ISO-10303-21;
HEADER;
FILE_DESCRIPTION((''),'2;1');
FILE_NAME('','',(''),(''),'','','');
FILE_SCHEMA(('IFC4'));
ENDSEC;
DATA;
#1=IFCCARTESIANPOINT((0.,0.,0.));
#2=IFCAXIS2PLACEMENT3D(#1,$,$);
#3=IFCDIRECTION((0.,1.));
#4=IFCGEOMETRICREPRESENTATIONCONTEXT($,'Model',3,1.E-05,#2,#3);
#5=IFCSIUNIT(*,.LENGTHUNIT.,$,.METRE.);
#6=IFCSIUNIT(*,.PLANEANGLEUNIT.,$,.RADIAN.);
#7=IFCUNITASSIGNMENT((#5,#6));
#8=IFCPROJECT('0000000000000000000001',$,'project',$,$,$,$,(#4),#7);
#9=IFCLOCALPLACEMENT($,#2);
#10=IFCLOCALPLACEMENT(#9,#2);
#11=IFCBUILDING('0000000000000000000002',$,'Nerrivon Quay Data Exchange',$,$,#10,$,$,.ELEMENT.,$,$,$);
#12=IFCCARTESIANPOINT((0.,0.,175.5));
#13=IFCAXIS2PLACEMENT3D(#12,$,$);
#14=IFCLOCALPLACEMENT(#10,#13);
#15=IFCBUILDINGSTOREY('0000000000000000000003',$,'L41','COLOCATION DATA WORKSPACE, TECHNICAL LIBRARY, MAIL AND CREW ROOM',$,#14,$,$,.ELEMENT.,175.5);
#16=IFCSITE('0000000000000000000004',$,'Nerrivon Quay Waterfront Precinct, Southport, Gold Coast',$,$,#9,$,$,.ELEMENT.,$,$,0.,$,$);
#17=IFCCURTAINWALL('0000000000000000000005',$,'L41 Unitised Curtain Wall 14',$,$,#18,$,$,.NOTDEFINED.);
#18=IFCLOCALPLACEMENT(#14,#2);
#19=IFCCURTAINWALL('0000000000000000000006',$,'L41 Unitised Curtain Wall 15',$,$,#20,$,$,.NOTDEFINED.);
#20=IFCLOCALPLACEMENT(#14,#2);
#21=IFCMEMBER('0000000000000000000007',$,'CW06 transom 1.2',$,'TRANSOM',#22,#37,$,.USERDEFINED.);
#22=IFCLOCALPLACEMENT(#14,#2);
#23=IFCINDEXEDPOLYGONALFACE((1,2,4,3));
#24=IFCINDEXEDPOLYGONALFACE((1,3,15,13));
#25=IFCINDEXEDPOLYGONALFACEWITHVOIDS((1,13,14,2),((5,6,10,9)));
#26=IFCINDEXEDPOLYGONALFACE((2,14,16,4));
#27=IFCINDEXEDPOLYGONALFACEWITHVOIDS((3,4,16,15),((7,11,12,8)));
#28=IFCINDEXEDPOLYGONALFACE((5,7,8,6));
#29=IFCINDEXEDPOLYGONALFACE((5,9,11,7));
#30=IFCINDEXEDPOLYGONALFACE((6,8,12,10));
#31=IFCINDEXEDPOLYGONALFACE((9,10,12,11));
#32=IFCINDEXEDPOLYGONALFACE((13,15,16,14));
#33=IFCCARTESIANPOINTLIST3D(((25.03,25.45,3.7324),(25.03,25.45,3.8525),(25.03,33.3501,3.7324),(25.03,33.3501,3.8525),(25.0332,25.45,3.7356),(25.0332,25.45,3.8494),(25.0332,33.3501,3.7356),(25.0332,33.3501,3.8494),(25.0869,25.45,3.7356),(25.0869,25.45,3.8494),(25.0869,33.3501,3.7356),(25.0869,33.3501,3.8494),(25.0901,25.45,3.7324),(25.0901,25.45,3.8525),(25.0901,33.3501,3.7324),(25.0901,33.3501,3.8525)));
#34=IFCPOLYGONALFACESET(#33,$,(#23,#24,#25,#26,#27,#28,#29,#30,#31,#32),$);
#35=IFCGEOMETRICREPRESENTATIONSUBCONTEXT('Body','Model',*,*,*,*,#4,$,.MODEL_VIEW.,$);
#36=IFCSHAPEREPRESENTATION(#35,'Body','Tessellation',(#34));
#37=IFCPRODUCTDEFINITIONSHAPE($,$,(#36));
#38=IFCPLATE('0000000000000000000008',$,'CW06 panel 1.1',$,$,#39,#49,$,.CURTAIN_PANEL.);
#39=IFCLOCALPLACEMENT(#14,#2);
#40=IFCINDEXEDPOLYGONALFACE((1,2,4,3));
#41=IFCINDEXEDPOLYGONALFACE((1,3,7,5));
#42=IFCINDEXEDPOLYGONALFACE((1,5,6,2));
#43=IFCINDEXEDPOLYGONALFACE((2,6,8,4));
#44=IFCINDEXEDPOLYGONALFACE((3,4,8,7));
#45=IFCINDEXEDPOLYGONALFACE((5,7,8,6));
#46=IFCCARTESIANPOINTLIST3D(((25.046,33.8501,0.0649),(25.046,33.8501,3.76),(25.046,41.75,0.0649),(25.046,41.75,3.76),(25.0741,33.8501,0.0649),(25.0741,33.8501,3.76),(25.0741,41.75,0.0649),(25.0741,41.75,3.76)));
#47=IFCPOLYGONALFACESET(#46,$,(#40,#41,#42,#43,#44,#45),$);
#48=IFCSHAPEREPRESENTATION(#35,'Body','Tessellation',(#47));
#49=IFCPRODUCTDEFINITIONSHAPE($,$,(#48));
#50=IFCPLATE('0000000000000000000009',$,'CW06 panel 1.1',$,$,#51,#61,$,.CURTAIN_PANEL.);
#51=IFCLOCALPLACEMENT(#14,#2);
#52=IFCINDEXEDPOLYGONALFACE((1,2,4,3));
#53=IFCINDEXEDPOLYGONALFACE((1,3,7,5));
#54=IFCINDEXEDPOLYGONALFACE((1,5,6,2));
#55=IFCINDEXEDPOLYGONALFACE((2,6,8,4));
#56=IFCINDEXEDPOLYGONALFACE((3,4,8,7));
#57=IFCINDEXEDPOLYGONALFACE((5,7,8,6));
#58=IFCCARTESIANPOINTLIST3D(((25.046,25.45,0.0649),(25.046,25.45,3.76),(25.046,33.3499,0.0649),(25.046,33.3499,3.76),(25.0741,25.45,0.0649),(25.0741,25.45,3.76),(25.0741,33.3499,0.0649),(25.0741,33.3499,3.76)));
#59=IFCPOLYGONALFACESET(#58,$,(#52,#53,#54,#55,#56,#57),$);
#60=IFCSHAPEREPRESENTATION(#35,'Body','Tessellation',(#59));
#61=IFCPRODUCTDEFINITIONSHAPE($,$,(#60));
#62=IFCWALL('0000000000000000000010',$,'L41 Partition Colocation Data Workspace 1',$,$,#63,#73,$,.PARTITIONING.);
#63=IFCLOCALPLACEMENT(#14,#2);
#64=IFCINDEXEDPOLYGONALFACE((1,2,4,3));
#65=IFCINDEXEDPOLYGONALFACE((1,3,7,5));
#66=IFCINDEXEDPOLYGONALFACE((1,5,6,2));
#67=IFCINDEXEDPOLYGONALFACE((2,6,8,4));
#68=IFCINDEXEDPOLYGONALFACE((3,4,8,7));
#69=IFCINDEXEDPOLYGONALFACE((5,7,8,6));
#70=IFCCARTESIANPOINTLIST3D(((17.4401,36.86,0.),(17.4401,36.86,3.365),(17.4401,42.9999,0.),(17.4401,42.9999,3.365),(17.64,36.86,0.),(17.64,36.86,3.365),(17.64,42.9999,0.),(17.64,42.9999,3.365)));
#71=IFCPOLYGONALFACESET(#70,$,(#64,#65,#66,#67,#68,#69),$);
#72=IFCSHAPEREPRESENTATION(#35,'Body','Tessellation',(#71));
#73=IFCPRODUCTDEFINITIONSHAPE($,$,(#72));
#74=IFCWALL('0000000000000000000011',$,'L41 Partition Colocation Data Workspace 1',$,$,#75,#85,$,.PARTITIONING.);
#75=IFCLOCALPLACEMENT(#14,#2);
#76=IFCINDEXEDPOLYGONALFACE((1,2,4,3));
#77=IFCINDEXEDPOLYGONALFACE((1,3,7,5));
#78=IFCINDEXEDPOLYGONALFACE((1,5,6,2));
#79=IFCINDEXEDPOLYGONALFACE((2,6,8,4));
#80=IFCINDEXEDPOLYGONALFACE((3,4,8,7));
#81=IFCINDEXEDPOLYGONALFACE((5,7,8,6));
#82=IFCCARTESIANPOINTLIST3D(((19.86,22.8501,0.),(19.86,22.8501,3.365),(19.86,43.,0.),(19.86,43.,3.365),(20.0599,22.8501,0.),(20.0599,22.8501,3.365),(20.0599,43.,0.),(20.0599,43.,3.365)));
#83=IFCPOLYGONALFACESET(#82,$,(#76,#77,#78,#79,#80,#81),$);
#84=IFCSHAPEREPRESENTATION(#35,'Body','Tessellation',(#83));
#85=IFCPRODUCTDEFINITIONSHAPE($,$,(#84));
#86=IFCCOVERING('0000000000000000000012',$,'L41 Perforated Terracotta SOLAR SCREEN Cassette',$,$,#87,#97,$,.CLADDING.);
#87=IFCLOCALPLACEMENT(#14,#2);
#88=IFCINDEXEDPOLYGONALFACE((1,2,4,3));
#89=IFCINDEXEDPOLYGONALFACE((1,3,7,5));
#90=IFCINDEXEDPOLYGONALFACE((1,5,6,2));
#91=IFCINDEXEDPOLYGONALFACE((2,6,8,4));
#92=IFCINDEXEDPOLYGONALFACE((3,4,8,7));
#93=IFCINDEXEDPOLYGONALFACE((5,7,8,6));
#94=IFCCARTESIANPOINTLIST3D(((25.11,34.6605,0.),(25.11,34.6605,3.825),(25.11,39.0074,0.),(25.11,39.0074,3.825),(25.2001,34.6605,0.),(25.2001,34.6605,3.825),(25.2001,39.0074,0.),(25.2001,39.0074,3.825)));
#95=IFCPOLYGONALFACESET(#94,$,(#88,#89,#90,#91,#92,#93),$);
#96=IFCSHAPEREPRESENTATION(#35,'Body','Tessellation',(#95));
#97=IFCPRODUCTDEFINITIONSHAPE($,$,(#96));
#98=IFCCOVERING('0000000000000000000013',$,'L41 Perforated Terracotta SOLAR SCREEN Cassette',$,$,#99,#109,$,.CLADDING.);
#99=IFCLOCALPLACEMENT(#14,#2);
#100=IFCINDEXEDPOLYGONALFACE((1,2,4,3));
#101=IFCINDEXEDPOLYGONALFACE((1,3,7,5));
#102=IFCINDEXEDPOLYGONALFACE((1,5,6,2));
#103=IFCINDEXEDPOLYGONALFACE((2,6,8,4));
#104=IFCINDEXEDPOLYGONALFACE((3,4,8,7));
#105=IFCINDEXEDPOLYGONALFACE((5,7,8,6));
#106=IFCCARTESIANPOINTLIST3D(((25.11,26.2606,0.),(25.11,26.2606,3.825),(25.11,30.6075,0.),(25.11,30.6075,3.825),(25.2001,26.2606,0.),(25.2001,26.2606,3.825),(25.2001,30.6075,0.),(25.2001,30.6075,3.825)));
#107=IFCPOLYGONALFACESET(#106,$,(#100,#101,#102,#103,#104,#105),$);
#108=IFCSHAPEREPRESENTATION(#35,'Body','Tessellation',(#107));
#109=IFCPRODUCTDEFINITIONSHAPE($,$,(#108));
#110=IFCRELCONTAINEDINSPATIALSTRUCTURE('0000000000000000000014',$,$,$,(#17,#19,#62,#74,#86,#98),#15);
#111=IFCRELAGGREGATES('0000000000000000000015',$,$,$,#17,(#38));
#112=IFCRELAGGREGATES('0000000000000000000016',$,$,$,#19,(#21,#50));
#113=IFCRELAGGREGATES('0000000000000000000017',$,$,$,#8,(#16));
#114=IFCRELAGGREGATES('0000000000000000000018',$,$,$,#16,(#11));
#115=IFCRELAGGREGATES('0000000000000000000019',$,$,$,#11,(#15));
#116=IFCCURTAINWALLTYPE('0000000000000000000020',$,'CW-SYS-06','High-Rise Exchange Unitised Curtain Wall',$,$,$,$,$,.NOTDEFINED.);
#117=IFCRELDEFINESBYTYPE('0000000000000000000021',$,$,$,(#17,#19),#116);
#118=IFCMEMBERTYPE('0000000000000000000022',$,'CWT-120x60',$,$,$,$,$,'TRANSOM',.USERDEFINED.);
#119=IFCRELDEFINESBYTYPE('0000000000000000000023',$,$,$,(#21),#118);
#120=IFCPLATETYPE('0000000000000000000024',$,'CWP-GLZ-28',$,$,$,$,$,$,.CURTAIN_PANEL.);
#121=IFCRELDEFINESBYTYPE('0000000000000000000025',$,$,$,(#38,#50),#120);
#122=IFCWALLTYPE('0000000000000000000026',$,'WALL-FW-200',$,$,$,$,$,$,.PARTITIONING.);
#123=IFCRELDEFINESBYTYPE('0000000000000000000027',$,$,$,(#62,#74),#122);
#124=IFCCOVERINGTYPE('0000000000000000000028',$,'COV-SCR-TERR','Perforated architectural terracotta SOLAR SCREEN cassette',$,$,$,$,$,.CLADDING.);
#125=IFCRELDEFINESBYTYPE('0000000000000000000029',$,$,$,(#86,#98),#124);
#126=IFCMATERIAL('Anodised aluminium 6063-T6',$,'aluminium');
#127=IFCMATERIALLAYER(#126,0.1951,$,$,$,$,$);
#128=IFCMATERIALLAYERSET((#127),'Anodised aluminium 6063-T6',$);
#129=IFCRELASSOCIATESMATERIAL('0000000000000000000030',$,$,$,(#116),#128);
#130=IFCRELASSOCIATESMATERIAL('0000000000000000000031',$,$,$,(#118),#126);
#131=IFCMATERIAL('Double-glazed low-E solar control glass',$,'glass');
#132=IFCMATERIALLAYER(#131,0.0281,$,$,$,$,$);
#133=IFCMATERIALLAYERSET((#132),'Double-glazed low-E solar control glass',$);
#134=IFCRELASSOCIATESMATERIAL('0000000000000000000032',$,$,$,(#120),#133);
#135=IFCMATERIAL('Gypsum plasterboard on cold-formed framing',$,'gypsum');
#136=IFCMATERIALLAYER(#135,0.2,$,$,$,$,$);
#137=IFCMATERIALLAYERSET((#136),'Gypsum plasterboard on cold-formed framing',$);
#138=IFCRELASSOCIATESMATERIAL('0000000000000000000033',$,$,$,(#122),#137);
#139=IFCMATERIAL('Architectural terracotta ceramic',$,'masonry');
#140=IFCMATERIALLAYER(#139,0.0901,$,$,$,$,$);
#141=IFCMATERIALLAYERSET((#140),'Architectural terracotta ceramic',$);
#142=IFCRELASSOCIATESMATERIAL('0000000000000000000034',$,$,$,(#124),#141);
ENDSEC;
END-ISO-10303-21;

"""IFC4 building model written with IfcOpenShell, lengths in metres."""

from ifc_helpers import new_model, si_unit, direction, frame, frame_2d, origin, origin_2d, place, context, subcontext, project, spatial, rectangle, hollow_rectangle, extrude, material, layer, layer_set, material_profile, profile_set, type_object, element, aggregate, save


model = new_model("IFC4")

# Units and contexts
model_context = context("Model", 3, precision=1e-05, world=origin(), true_north=direction((0.0, 1.0)))
body_context = subcontext(model_context, "Body", "Model", "MODEL_VIEW")
ifc_project = project(units=[si_unit("LENGTHUNIT", "METRE"), si_unit("PLANEANGLEUNIT", "RADIAN")], contexts=[model_context])

# Site, building, storey
site_placement = place(None, origin())
site = spatial("IfcSite", under=ifc_project, at=site_placement, Name="Nerrivon Quay Waterfront Precinct, Southport, Gold Coast", CompositionType="ELEMENT", RefElevation=0.0)
building_placement = place(site_placement, origin())
building = spatial("IfcBuilding", under=site, at=building_placement, Name="Nerrivon Quay Data Exchange", CompositionType="ELEMENT")
storey_placement = place(building_placement, frame((0.0, 0.0, 175.5)))
storey = spatial("IfcBuildingStorey", under=building, at=storey_placement, Name="L41", Description="COLOCATION DATA WORKSPACE, TECHNICAL LIBRARY, MAIL AND CREW ROOM", CompositionType="ELEMENT", Elevation=175.5)

# Shared definitions
ifc_material_1 = material(Name="Anodised aluminium 6063-T6", Category="aluminium")
ifc_layer_1 = layer(ifc_material_1, 0.1951)
ifc_layer_set_1 = layer_set([ifc_layer_1], Name="Anodised aluminium 6063-T6")
curtain_wall_type = type_object("IfcCurtainWallType", Name="CW-SYS-06", Description="High-Rise Exchange Unitised Curtain Wall", PredefinedType="NOTDEFINED", material=ifc_layer_set_1)

# Curtain wall
curtain_wall_1_placement = place(storey_placement, origin())
curtain_wall_1 = element("IfcCurtainWall", 1, at=curtain_wall_1_placement, inside=storey, type_object=curtain_wall_type, Name="L41 Unitised Curtain Wall 14", PredefinedType="NOTDEFINED")

# Curtain wall
curtain_wall_2_placement = place(storey_placement, origin())
curtain_wall_2 = element("IfcCurtainWall", 2, at=curtain_wall_2_placement, inside=storey, type_object=curtain_wall_type, Name="L41 Unitised Curtain Wall 15", PredefinedType="NOTDEFINED")

# Member
ifc_material_profile_1 = material_profile(ifc_material_1, hollow_rectangle(XDim=0.0601, YDim=0.1201, WallThickness=0.0032, at=origin_2d()), Name="ALU-TRAN-120x60")
ifc_profile_set_1 = profile_set([ifc_material_profile_1], Name="Anodised aluminium 6063-T6")
member_type_1 = type_object("IfcMemberType", Name="CWT-120x60", ElementType="TRANSOM", PredefinedType="USERDEFINED", material=ifc_profile_set_1)
member_1_placement = place(storey_placement, frame((25.0601, 33.3501, 3.7925), z_axis=(0.0, -1.0, 0.0), x_axis=(1.0, 0.0, 0.0)))
member_1 = element("IfcMember", 3, at=member_1_placement, type_object=member_type_1, Name="CW06 transom 1.2", ObjectType="TRANSOM", PredefinedType="USERDEFINED", context=body_context, shape_type="SweptSolid", body=[
    extrude(hollow_rectangle(XDim=0.0601, YDim=0.1201, WallThickness=0.0032, at=origin_2d()), origin(), (0.0, 0.0, 1.0), 7.9001),
])

# Plates
ifc_material_2 = material(Name="Double-glazed low-E solar control glass", Category="glass")
ifc_layer_2 = layer(ifc_material_2, 0.0281)
ifc_layer_set_2 = layer_set([ifc_layer_2], Name="Double-glazed low-E solar control glass")
plate_type = type_object("IfcPlateType", Name="CWP-GLZ-28", PredefinedType="CURTAIN_PANEL", material=ifc_layer_set_2)
plate_1_placement = place(storey_placement, frame((25.0601, 37.8, 0.0649), z_axis=(0.0, 0.0, 1.0), x_axis=(0.0, -1.0, 0.0)))
plate_1 = element("IfcPlate", 4, at=plate_1_placement, type_object=plate_type, Name="CW06 panel 1.1", PredefinedType="CURTAIN_PANEL", context=body_context, shape_type="SweptSolid", body=[
    extrude(rectangle(XDim=7.8999, YDim=0.0281, at=origin_2d()), origin(), (0.0, 0.0, 1.0), 3.6951),
])
aggregate(curtain_wall_1, [plate_1])
plate_2_placement = place(storey_placement, frame((25.0601, 29.3999, 0.0649), z_axis=(0.0, 0.0, 1.0), x_axis=(0.0, -1.0, 0.0)))
plate_2 = element("IfcPlate", 5, at=plate_2_placement, type_object=plate_type, Name="CW06 panel 1.1", PredefinedType="CURTAIN_PANEL", context=body_context, shape_type="SweptSolid", body=[
    extrude(rectangle(XDim=7.8999, YDim=0.0281, at=origin_2d()), origin(), (0.0, 0.0, 1.0), 3.6951),
])
aggregate(curtain_wall_2, [member_1, plate_2])

# Walls
ifc_material_3 = material(Name="Gypsum plasterboard on cold-formed framing", Category="gypsum")
ifc_layer_3 = layer(ifc_material_3, 0.2)
ifc_layer_set_3 = layer_set([ifc_layer_3], Name="Gypsum plasterboard on cold-formed framing")
wall_type_1 = type_object("IfcWallType", Name="WALL-FW-200", PredefinedType="PARTITIONING", material=ifc_layer_set_3)
wall_1_placement = place(storey_placement, frame((17.54, 36.8601, 0.0), z_axis=(0.0, 0.0, 1.0), x_axis=(0.0, 1.0, 0.0)))
element("IfcWall", 6, at=wall_1_placement, inside=storey, type_object=wall_type_1, Name="L41 Partition Colocation Data Workspace 1", PredefinedType="PARTITIONING", context=body_context, shape_type="SweptSolid", body=[
    extrude(rectangle(XDim=6.1399, YDim=0.2, at=frame_2d((3.0698, 0.0))), origin(), (0.0, 0.0, 1.0), 3.365),
])
wall_2_placement = place(storey_placement, frame((19.96, 43.0, 0.0), z_axis=(0.0, 0.0, 1.0), x_axis=(0.0, -1.0, 0.0)))
element("IfcWall", 7, at=wall_2_placement, inside=storey, type_object=wall_type_1, Name="L41 Partition Colocation Data Workspace 1", PredefinedType="PARTITIONING", context=body_context, shape_type="SweptSolid", body=[
    extrude(rectangle(XDim=20.1499, YDim=0.2, at=frame_2d((10.075, 0.0))), origin(), (0.0, 0.0, 1.0), 3.365),
])

# Coverings
ifc_material_4 = material(Name="Architectural terracotta ceramic", Category="masonry")
ifc_layer_4 = layer(ifc_material_4, 0.0901)
ifc_layer_set_4 = layer_set([ifc_layer_4], Name="Architectural terracotta ceramic")
covering_type = type_object("IfcCoveringType", Name="COV-SCR-TERR", Description="Perforated architectural terracotta SOLAR SCREEN cassette", PredefinedType="CLADDING", material=ifc_layer_set_4)
for number, where, z_axis, x_axis, name in (
    (8, (25.155, 36.834, 0.0), (0.0, 0.0, 1.0), (0.0, -1.0, 0.0), "L41 Perforated Terracotta SOLAR SCREEN Cassette"),
    (9, (25.155, 28.4341, 0.0), (0.0, 0.0, 1.0), (0.0, -1.0, 0.0), "L41 Perforated Terracotta SOLAR SCREEN Cassette"),
):
    element("IfcCovering", number, at=place(storey_placement, frame(where, z_axis=z_axis, x_axis=x_axis)), inside=storey, type_object=covering_type, Name=name, PredefinedType="CLADDING", context=body_context, shape_type="SweptSolid", body=[
        extrude(rectangle(XDim=4.3469, YDim=0.0901, at=origin_2d()), origin(), (0.0, 0.0, 1.0), 3.825),
    ])

save(model, "model.ifc")
